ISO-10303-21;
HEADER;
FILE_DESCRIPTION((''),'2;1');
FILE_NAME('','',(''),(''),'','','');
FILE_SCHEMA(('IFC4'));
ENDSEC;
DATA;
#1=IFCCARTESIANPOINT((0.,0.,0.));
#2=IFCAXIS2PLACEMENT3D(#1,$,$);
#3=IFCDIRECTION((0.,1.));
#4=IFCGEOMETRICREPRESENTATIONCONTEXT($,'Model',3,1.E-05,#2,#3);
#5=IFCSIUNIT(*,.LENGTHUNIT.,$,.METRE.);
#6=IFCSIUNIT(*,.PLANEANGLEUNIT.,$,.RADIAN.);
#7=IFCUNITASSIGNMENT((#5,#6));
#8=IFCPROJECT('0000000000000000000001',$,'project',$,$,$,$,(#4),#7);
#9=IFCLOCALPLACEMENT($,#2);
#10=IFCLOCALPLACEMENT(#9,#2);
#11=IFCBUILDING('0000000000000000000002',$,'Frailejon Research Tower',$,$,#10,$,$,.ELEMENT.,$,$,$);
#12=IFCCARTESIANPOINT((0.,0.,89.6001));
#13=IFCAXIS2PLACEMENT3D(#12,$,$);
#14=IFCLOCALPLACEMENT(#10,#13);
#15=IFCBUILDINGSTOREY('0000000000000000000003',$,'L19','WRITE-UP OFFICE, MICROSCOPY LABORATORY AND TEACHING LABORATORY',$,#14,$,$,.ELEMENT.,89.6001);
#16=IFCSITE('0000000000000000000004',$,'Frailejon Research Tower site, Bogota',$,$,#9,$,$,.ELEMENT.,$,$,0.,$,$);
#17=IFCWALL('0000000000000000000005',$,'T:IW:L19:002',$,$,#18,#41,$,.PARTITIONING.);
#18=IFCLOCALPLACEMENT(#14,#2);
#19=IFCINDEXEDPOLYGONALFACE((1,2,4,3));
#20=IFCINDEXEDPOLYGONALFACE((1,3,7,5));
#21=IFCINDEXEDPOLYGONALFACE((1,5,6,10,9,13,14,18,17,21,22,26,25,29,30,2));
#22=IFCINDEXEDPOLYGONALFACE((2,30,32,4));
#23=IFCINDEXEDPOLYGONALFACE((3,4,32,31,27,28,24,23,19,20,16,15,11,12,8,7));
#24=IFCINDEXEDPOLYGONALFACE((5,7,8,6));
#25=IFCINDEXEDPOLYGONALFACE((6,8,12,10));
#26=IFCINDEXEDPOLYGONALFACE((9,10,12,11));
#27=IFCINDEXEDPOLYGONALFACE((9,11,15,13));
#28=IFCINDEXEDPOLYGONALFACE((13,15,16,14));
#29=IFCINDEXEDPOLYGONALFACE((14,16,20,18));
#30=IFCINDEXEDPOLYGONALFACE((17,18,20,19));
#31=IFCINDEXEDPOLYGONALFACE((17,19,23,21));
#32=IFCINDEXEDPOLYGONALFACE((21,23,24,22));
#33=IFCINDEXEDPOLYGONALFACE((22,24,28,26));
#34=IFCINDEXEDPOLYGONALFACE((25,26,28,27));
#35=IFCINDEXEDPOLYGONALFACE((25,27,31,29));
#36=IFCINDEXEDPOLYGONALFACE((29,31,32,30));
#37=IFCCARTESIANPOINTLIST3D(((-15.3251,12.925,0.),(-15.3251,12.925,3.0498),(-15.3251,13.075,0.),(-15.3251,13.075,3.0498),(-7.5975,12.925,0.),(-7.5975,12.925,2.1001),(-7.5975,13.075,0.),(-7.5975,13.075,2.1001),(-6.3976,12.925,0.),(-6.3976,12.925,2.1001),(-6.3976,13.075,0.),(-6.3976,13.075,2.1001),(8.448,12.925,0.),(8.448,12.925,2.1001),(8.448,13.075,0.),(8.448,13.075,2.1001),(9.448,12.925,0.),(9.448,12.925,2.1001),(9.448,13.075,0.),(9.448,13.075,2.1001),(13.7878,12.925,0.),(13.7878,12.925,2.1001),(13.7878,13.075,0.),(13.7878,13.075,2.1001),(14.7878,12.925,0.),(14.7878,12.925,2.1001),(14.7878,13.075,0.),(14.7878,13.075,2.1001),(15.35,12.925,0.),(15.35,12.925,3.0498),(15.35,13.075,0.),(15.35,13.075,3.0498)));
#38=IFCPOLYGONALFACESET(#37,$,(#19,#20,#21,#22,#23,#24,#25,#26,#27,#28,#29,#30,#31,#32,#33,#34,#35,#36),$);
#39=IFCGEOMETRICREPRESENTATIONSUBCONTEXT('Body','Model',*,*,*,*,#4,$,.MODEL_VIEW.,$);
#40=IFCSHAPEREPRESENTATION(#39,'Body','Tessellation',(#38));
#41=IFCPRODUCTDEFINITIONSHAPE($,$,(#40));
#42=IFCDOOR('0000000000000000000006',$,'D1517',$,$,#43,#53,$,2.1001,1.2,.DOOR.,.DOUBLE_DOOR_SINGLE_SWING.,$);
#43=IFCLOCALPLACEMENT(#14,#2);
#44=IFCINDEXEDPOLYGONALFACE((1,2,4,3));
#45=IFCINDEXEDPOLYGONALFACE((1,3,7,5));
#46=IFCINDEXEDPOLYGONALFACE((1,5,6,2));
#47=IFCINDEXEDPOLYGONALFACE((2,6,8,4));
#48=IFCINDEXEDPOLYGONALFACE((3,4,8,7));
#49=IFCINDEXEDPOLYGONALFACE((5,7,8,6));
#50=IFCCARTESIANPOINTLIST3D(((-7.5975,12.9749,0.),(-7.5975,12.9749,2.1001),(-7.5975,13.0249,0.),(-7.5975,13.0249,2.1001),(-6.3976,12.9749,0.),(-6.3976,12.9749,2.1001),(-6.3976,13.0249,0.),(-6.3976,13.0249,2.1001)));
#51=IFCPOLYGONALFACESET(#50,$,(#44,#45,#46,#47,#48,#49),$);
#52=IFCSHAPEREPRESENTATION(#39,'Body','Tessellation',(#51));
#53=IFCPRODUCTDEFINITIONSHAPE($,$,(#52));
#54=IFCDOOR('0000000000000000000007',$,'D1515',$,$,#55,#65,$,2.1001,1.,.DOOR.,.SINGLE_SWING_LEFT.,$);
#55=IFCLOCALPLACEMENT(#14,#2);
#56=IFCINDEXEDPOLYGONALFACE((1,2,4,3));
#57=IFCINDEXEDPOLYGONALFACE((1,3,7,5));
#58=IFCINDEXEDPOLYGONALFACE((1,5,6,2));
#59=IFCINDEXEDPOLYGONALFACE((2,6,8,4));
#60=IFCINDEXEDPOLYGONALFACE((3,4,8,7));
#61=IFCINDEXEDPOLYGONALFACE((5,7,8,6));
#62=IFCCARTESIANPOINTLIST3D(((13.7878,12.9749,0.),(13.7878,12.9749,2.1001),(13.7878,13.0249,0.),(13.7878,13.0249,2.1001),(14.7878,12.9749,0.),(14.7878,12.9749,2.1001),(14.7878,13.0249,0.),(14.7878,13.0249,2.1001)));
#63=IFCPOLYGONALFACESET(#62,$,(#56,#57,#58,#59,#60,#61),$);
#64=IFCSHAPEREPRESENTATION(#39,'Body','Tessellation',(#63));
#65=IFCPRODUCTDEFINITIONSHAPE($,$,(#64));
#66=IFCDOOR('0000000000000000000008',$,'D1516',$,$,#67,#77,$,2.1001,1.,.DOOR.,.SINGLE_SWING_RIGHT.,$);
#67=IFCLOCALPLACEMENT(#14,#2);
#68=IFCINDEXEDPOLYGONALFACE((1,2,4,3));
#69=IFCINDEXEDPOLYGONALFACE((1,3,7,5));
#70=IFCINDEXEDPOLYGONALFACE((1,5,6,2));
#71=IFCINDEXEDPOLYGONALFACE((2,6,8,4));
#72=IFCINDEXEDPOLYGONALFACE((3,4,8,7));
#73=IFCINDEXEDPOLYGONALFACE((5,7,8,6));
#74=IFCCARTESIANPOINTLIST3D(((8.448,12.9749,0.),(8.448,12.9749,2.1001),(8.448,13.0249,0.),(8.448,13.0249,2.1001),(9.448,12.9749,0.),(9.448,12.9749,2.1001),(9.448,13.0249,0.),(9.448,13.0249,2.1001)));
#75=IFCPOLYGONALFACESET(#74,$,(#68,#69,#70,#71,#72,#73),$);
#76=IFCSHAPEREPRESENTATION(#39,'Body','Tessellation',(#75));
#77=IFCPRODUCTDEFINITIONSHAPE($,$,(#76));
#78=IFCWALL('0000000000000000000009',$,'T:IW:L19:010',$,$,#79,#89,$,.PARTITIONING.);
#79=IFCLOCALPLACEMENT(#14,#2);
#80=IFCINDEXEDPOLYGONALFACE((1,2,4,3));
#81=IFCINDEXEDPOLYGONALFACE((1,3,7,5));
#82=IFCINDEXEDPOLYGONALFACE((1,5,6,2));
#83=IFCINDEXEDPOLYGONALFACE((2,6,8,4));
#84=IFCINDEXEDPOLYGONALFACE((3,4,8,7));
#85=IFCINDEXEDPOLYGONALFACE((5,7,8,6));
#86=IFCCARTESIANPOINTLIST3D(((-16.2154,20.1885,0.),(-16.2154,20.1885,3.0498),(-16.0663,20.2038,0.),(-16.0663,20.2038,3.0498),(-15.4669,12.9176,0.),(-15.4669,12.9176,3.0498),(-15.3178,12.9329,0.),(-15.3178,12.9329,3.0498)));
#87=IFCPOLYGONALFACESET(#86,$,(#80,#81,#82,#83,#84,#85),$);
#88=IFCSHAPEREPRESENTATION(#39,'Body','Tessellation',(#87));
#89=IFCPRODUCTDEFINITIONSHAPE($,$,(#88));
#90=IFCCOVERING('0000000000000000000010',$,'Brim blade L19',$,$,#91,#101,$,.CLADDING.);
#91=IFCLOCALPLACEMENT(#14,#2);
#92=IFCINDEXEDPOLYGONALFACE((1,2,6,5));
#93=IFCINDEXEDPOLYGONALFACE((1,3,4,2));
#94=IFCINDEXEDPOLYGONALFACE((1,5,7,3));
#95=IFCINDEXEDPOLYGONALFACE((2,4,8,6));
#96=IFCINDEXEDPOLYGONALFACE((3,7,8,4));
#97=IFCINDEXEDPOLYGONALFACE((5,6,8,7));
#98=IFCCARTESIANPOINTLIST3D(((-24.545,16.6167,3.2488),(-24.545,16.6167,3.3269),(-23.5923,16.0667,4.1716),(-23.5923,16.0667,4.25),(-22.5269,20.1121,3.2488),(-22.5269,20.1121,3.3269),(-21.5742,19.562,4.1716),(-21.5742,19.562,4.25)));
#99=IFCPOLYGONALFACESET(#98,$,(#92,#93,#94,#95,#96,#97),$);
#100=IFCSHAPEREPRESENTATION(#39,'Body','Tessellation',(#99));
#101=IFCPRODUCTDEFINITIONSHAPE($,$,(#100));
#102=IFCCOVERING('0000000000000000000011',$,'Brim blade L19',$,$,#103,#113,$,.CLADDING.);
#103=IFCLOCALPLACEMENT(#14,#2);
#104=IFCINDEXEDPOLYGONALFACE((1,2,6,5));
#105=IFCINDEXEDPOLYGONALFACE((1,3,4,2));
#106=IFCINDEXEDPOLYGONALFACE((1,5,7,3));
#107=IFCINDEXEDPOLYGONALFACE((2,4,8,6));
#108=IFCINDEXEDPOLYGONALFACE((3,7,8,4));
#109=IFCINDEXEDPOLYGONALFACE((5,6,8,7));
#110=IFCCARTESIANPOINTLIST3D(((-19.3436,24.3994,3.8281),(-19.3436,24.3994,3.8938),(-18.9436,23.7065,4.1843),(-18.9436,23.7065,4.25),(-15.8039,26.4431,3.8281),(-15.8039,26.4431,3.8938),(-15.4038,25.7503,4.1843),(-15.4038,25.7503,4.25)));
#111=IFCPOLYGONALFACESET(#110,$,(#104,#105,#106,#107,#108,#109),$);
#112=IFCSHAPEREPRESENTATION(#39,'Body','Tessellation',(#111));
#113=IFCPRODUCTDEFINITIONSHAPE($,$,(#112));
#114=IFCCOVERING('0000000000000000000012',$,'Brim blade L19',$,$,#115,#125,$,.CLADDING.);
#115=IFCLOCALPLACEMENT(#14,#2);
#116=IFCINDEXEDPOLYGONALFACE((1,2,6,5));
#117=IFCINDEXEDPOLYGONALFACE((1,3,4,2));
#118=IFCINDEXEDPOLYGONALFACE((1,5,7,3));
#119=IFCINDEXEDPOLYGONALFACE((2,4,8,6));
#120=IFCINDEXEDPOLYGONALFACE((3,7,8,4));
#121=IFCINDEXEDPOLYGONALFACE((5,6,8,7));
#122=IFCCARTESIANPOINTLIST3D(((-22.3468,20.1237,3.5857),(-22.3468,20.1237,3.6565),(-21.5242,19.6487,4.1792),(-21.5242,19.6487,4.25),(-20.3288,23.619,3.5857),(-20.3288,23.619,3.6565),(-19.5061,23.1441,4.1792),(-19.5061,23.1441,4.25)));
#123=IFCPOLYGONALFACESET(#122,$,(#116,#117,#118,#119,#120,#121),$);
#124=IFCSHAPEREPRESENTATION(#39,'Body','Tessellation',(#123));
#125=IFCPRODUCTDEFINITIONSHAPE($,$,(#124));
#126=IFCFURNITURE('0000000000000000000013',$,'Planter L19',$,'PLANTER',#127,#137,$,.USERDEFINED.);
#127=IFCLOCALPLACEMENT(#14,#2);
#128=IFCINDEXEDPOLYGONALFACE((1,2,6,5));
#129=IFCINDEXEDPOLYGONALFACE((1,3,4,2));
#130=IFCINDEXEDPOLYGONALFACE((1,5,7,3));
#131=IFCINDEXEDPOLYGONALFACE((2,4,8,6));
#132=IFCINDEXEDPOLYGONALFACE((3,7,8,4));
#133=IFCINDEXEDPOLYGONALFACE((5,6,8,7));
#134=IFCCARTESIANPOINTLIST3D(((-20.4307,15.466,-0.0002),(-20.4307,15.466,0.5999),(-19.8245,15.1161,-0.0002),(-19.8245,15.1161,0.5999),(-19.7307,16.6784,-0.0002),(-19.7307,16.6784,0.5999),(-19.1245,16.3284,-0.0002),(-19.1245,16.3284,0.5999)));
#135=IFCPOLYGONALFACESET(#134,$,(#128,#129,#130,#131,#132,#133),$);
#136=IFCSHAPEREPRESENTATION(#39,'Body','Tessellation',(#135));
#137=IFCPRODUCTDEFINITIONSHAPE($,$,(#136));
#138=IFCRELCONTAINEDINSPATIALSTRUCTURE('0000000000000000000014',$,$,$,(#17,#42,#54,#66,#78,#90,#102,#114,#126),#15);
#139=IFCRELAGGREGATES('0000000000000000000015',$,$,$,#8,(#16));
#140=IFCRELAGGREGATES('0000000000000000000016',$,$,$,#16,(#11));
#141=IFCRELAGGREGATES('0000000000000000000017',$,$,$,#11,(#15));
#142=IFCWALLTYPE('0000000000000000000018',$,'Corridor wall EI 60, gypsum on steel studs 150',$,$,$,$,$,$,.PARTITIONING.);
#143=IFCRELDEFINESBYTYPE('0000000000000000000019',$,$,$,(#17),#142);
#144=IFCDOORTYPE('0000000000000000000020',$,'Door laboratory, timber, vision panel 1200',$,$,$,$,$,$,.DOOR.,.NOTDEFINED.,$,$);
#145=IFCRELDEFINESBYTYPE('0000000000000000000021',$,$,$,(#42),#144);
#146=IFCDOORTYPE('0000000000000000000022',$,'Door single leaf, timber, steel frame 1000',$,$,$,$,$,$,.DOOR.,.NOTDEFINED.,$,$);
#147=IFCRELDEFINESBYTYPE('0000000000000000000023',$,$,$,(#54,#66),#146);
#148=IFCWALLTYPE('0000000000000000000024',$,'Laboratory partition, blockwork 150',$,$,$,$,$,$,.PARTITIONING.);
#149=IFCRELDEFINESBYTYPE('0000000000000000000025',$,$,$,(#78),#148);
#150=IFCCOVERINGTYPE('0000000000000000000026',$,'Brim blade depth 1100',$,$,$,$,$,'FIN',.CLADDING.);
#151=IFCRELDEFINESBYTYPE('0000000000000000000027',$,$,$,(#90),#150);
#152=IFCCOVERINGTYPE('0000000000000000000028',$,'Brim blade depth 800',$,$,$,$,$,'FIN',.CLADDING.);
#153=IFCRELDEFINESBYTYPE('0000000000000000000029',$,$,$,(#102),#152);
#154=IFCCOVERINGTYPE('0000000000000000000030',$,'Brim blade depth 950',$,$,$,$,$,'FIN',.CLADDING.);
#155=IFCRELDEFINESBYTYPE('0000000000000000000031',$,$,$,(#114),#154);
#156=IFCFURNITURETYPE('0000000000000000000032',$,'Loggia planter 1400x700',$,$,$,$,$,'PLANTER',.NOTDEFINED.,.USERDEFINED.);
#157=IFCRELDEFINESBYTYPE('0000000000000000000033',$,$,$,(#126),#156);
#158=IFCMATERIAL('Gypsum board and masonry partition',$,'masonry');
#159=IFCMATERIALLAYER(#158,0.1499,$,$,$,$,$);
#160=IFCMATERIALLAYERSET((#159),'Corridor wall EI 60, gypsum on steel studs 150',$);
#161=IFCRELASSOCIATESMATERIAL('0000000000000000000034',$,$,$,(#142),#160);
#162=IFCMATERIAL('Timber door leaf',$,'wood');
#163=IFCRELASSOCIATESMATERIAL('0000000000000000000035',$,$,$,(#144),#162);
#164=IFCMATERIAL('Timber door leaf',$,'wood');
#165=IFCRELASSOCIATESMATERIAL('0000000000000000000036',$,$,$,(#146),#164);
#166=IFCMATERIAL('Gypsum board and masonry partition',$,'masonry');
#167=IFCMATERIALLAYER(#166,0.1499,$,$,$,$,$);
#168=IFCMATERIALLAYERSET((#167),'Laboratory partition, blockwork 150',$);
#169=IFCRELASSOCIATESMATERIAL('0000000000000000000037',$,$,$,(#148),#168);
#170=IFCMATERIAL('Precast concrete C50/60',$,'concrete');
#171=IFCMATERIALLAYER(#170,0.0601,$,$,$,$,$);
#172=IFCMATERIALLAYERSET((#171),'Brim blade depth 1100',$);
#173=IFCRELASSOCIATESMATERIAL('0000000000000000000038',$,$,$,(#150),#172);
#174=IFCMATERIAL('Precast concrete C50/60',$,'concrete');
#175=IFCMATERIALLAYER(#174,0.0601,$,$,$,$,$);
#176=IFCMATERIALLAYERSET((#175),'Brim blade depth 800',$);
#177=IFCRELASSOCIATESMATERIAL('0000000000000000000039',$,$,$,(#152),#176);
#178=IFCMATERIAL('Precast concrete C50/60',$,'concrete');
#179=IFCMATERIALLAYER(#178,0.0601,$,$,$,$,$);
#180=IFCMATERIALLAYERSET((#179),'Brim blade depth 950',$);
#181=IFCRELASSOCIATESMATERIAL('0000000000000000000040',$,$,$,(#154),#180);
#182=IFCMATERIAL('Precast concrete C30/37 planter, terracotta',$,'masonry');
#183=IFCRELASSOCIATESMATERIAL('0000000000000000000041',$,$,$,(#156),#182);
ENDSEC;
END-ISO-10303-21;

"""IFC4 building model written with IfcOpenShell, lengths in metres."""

from ifc_helpers import new_model, si_unit, direction, frame, frame_2d, origin, origin_2d, place, context, subcontext, project, spatial, polyline, rectangle, outline, extrude, material, layer, layer_set, type_object, element, fill, save


model = new_model("IFC4")

# Units and contexts
model_context = context("Model", 3, precision=1e-05, world=origin(), true_north=direction((0.0, 1.0)))
body_context = subcontext(model_context, "Body", "Model", "MODEL_VIEW")
ifc_project = project(units=[si_unit("LENGTHUNIT", "METRE"), si_unit("PLANEANGLEUNIT", "RADIAN")], contexts=[model_context])

# Site, building, storey
site_placement = place(None, origin())
site = spatial("IfcSite", under=ifc_project, at=site_placement, Name="Frailejon Research Tower site, Bogota", CompositionType="ELEMENT", RefElevation=0.0)
building_placement = place(site_placement, origin())
building = spatial("IfcBuilding", under=site, at=building_placement, Name="Frailejon Research Tower", CompositionType="ELEMENT")
storey_placement = place(building_placement, frame((0.0, 0.0, 89.6001)))
storey = spatial("IfcBuildingStorey", under=building, at=storey_placement, Name="L19", Description="WRITE-UP OFFICE, MICROSCOPY LABORATORY AND TEACHING LABORATORY", CompositionType="ELEMENT", Elevation=89.6001)

# Wall, openings, doors
ifc_material_1 = material(Name="Gypsum board and masonry partition", Category="masonry")
ifc_layer_1 = layer(ifc_material_1, 0.1499)
ifc_layer_set_1 = layer_set([ifc_layer_1], Name="Corridor wall EI 60, gypsum on steel studs 150")
wall_type_1 = type_object("IfcWallType", Name="Corridor wall EI 60, gypsum on steel studs 150", PredefinedType="PARTITIONING", material=ifc_layer_set_1)
wall_1_placement = place(storey_placement, frame((-15.325, 13.0, 0.0), z_axis=(0.0, 0.0, 1.0), x_axis=(1.0, 0.0, 0.0)))
wall_1 = element("IfcWall", 1, at=wall_1_placement, inside=storey, type_object=wall_type_1, Name="T:IW:L19:002", PredefinedType="PARTITIONING", context=body_context, shape_type="SweptSolid", body=[
    extrude(rectangle(XDim=30.675, YDim=0.1499, at=frame_2d((15.3374, 0.0))), origin(), (0.0, 0.0, 1.0), 3.0498),
])
opening_1_placement = place(wall_1_placement, frame((29.1128, 0.0, 0.0)))
opening_1 = element("IfcOpeningElement", 2, at=opening_1_placement, cuts=wall_1, PredefinedType="OPENING", context=body_context, shape_type="SweptSolid", body=[
    extrude(rectangle(XDim=1.0, YDim=2.1001, at=frame_2d((0.5, 1.05))), frame((0.0, 0.085, 0.0), z_axis=(0.0, -1.0, 0.0), x_axis=(1.0, 0.0, 0.0)), (0.0, 0.0, 1.0), 0.1699),
])
opening_2_placement = place(wall_1_placement, frame((23.7729, 0.0, 0.0)))
opening_2 = element("IfcOpeningElement", 3, at=opening_2_placement, cuts=wall_1, PredefinedType="OPENING", context=body_context, shape_type="SweptSolid", body=[
    extrude(rectangle(XDim=1.0, YDim=2.1001, at=frame_2d((0.5, 1.05))), frame((0.0, 0.085, 0.0), z_axis=(0.0, -1.0, 0.0), x_axis=(1.0, 0.0, 0.0)), (0.0, 0.0, 1.0), 0.1699),
])
opening_3_placement = place(wall_1_placement, frame((7.7273, 0.0, 0.0)))
opening_3 = element("IfcOpeningElement", 4, at=opening_3_placement, cuts=wall_1, PredefinedType="OPENING", context=body_context, shape_type="SweptSolid", body=[
    extrude(rectangle(XDim=1.2, YDim=2.1001, at=frame_2d((0.6001, 1.05))), frame((0.0, 0.085, 0.0), z_axis=(0.0, -1.0, 0.0), x_axis=(1.0, 0.0, 0.0)), (0.0, 0.0, 1.0), 0.1699),
])
ifc_material_2 = material(Name="Timber door leaf", Category="wood")
door_type_1 = type_object("IfcDoorType", Name="Door laboratory, timber, vision panel 1200", OperationType="NOTDEFINED", PredefinedType="DOOR", material=ifc_material_2)
door_1_placement = place(opening_3_placement, origin())
door_1 = element("IfcDoor", 5, at=door_1_placement, inside=storey, type_object=door_type_1, Name="D1517", OperationType="DOUBLE_DOOR_SINGLE_SWING", OverallHeight=2.1001, OverallWidth=1.2, PredefinedType="DOOR", context=body_context, shape_type="SweptSolid", body=[
    extrude(rectangle(XDim=1.2, YDim=2.1001, at=frame_2d((0.6001, 1.05))), frame((0.0, 0.0249, 0.0), z_axis=(0.0, -1.0, 0.0), x_axis=(1.0, 0.0, 0.0)), (0.0, 0.0, 1.0), 0.05),
])
fill(opening_3, door_1)
ifc_material_3 = material(Name="Timber door leaf", Category="wood")
door_type_2 = type_object("IfcDoorType", Name="Door single leaf, timber, steel frame 1000", OperationType="NOTDEFINED", PredefinedType="DOOR", material=ifc_material_3)
door_2_placement = place(opening_1_placement, origin())
door_2 = element("IfcDoor", 6, at=door_2_placement, inside=storey, type_object=door_type_2, Name="D1515", OperationType="SINGLE_SWING_LEFT", OverallHeight=2.1001, OverallWidth=1.0, PredefinedType="DOOR", context=body_context, shape_type="SweptSolid", body=[
    extrude(rectangle(XDim=1.0, YDim=2.1001, at=frame_2d((0.5, 1.05))), frame((0.0, 0.0249, 0.0), z_axis=(0.0, -1.0, 0.0), x_axis=(1.0, 0.0, 0.0)), (0.0, 0.0, 1.0), 0.05),
])
fill(opening_1, door_2)
door_3_placement = place(opening_2_placement, origin())
door_3 = element("IfcDoor", 7, at=door_3_placement, inside=storey, type_object=door_type_2, Name="D1516", OperationType="SINGLE_SWING_RIGHT", OverallHeight=2.1001, OverallWidth=1.0, PredefinedType="DOOR", context=body_context, shape_type="SweptSolid", body=[
    extrude(rectangle(XDim=1.0, YDim=2.1001, at=frame_2d((0.5, 1.05))), frame((0.0, 0.0249, 0.0), z_axis=(0.0, -1.0, 0.0), x_axis=(1.0, 0.0, 0.0)), (0.0, 0.0, 1.0), 0.05),
])
fill(opening_2, door_3)

# Wall
ifc_material_4 = material(Name="Gypsum board and masonry partition", Category="masonry")
ifc_layer_2 = layer(ifc_material_4, 0.1499)
ifc_layer_set_2 = layer_set([ifc_layer_2], Name="Laboratory partition, blockwork 150")
wall_type_2 = type_object("IfcWallType", Name="Laboratory partition, blockwork 150", PredefinedType="PARTITIONING", material=ifc_layer_set_2)
wall_2_placement = place(storey_placement, frame((-16.1409, 20.1963, 0.0), z_axis=(0.0, 0.0, 1.0), x_axis=(0.102407, -0.994743, 0.0)))
element("IfcWall", 8, at=wall_2_placement, inside=storey, type_object=wall_type_2, Name="T:IW:L19:010", PredefinedType="PARTITIONING", context=body_context, shape_type="SweptSolid", body=[
    extrude(rectangle(XDim=7.3093, YDim=0.1499, at=frame_2d((3.6548, 0.0))), origin(), (0.0, 0.0, 1.0), 3.0498),
])

# Coverings
ifc_material_5 = material(Name="Precast concrete C50/60", Category="concrete")
ifc_layer_3 = layer(ifc_material_5, 0.0601)
ifc_layer_set_3 = layer_set([ifc_layer_3], Name="Brim blade depth 1100")
covering_type_1 = type_object("IfcCoveringType", Name="Brim blade depth 1100", ElementType="FIN", PredefinedType="CLADDING", material=ifc_layer_set_3)
covering_1_placement = place(storey_placement, frame((-23.5923, 16.0667, 4.25), z_axis=(0.500006, 0.866022, 0.0), x_axis=(-0.866022, 0.500006, 0.0)))
element("IfcCovering", 9, at=covering_1_placement, inside=storey, type_object=covering_type_1, Name="Brim blade L19", PredefinedType="CLADDING", context=body_context, shape_type="SweptSolid", body=[
    extrude(outline(polyline([(0.0, -0.0784), (1.1001, -1.0012), (1.1001, -0.9231), (0.0, 0.0), (0.0, -0.0784)])), origin(), (0.0, 0.0, 1.0), 4.0361),
])
ifc_material_6 = material(Name="Precast concrete C50/60", Category="concrete")
ifc_layer_4 = layer(ifc_material_6, 0.0601)
ifc_layer_set_4 = layer_set([ifc_layer_4], Name="Brim blade depth 800")
covering_type_2 = type_object("IfcCoveringType", Name="Brim blade depth 800", ElementType="FIN", PredefinedType="CLADDING", material=ifc_layer_set_4)
covering_2_placement = place(storey_placement, frame((-18.9436, 23.7065, 4.25), z_axis=(0.866021, 0.500007, 0.0), x_axis=(-0.500007, 0.866021, 0.0)))
element("IfcCovering", 10, at=covering_2_placement, inside=storey, type_object=covering_type_2, Name="Brim blade L19", PredefinedType="CLADDING", context=body_context, shape_type="SweptSolid", body=[
    extrude(outline(polyline([(0.0, -0.0657), (0.8, -0.4219), (0.8, -0.3562), (0.0, 0.0), (0.0, -0.0657)])), origin(), (0.0, 0.0, 1.0), 4.0874),
])
ifc_material_7 = material(Name="Precast concrete C50/60", Category="concrete")
ifc_layer_5 = layer(ifc_material_7, 0.0601)
ifc_layer_set_5 = layer_set([ifc_layer_5], Name="Brim blade depth 950")
covering_type_3 = type_object("IfcCoveringType", Name="Brim blade depth 950", ElementType="FIN", PredefinedType="CLADDING", material=ifc_layer_set_5)
covering_3_placement = place(storey_placement, frame((-21.5242, 19.6487, 4.25), z_axis=(0.500006, 0.866022, 0.0), x_axis=(-0.866022, 0.500006, 0.0)))
element("IfcCovering", 11, at=covering_3_placement, inside=storey, type_object=covering_type_3, Name="Brim blade L19", PredefinedType="CLADDING", context=body_context, shape_type="SweptSolid", body=[
    extrude(outline(polyline([(0.0, -0.0708), (0.95, -0.6643), (0.95, -0.5935), (0.0, 0.0), (0.0, -0.0708)])), origin(), (0.0, 0.0, 1.0), 4.0361),
])

# Furniture
ifc_material_8 = material(Name="Precast concrete C30/37 planter, terracotta", Category="masonry")
furniture_type = type_object("IfcFurnitureType", Name="Loggia planter 1400x700", ElementType="PLANTER", AssemblyPlace="NOTDEFINED", PredefinedType="USERDEFINED", material=ifc_material_8)
furniture_placement = place(storey_placement, frame((-19.7776, 15.8972, -0.0002), z_axis=(0.0, 0.0, 1.0), x_axis=(-0.5, -0.866025, 0.0)))
element("IfcFurniture", 12, at=furniture_placement, inside=storey, type_object=furniture_type, Name="Planter L19", ObjectType="PLANTER", PredefinedType="USERDEFINED", context=body_context, shape_type="SweptSolid", body=[
    extrude(rectangle(XDim=1.3999, YDim=0.7, at=origin_2d()), origin(), (0.0, 0.0, 1.0), 0.6001),
])

save(model, "model.ifc")
